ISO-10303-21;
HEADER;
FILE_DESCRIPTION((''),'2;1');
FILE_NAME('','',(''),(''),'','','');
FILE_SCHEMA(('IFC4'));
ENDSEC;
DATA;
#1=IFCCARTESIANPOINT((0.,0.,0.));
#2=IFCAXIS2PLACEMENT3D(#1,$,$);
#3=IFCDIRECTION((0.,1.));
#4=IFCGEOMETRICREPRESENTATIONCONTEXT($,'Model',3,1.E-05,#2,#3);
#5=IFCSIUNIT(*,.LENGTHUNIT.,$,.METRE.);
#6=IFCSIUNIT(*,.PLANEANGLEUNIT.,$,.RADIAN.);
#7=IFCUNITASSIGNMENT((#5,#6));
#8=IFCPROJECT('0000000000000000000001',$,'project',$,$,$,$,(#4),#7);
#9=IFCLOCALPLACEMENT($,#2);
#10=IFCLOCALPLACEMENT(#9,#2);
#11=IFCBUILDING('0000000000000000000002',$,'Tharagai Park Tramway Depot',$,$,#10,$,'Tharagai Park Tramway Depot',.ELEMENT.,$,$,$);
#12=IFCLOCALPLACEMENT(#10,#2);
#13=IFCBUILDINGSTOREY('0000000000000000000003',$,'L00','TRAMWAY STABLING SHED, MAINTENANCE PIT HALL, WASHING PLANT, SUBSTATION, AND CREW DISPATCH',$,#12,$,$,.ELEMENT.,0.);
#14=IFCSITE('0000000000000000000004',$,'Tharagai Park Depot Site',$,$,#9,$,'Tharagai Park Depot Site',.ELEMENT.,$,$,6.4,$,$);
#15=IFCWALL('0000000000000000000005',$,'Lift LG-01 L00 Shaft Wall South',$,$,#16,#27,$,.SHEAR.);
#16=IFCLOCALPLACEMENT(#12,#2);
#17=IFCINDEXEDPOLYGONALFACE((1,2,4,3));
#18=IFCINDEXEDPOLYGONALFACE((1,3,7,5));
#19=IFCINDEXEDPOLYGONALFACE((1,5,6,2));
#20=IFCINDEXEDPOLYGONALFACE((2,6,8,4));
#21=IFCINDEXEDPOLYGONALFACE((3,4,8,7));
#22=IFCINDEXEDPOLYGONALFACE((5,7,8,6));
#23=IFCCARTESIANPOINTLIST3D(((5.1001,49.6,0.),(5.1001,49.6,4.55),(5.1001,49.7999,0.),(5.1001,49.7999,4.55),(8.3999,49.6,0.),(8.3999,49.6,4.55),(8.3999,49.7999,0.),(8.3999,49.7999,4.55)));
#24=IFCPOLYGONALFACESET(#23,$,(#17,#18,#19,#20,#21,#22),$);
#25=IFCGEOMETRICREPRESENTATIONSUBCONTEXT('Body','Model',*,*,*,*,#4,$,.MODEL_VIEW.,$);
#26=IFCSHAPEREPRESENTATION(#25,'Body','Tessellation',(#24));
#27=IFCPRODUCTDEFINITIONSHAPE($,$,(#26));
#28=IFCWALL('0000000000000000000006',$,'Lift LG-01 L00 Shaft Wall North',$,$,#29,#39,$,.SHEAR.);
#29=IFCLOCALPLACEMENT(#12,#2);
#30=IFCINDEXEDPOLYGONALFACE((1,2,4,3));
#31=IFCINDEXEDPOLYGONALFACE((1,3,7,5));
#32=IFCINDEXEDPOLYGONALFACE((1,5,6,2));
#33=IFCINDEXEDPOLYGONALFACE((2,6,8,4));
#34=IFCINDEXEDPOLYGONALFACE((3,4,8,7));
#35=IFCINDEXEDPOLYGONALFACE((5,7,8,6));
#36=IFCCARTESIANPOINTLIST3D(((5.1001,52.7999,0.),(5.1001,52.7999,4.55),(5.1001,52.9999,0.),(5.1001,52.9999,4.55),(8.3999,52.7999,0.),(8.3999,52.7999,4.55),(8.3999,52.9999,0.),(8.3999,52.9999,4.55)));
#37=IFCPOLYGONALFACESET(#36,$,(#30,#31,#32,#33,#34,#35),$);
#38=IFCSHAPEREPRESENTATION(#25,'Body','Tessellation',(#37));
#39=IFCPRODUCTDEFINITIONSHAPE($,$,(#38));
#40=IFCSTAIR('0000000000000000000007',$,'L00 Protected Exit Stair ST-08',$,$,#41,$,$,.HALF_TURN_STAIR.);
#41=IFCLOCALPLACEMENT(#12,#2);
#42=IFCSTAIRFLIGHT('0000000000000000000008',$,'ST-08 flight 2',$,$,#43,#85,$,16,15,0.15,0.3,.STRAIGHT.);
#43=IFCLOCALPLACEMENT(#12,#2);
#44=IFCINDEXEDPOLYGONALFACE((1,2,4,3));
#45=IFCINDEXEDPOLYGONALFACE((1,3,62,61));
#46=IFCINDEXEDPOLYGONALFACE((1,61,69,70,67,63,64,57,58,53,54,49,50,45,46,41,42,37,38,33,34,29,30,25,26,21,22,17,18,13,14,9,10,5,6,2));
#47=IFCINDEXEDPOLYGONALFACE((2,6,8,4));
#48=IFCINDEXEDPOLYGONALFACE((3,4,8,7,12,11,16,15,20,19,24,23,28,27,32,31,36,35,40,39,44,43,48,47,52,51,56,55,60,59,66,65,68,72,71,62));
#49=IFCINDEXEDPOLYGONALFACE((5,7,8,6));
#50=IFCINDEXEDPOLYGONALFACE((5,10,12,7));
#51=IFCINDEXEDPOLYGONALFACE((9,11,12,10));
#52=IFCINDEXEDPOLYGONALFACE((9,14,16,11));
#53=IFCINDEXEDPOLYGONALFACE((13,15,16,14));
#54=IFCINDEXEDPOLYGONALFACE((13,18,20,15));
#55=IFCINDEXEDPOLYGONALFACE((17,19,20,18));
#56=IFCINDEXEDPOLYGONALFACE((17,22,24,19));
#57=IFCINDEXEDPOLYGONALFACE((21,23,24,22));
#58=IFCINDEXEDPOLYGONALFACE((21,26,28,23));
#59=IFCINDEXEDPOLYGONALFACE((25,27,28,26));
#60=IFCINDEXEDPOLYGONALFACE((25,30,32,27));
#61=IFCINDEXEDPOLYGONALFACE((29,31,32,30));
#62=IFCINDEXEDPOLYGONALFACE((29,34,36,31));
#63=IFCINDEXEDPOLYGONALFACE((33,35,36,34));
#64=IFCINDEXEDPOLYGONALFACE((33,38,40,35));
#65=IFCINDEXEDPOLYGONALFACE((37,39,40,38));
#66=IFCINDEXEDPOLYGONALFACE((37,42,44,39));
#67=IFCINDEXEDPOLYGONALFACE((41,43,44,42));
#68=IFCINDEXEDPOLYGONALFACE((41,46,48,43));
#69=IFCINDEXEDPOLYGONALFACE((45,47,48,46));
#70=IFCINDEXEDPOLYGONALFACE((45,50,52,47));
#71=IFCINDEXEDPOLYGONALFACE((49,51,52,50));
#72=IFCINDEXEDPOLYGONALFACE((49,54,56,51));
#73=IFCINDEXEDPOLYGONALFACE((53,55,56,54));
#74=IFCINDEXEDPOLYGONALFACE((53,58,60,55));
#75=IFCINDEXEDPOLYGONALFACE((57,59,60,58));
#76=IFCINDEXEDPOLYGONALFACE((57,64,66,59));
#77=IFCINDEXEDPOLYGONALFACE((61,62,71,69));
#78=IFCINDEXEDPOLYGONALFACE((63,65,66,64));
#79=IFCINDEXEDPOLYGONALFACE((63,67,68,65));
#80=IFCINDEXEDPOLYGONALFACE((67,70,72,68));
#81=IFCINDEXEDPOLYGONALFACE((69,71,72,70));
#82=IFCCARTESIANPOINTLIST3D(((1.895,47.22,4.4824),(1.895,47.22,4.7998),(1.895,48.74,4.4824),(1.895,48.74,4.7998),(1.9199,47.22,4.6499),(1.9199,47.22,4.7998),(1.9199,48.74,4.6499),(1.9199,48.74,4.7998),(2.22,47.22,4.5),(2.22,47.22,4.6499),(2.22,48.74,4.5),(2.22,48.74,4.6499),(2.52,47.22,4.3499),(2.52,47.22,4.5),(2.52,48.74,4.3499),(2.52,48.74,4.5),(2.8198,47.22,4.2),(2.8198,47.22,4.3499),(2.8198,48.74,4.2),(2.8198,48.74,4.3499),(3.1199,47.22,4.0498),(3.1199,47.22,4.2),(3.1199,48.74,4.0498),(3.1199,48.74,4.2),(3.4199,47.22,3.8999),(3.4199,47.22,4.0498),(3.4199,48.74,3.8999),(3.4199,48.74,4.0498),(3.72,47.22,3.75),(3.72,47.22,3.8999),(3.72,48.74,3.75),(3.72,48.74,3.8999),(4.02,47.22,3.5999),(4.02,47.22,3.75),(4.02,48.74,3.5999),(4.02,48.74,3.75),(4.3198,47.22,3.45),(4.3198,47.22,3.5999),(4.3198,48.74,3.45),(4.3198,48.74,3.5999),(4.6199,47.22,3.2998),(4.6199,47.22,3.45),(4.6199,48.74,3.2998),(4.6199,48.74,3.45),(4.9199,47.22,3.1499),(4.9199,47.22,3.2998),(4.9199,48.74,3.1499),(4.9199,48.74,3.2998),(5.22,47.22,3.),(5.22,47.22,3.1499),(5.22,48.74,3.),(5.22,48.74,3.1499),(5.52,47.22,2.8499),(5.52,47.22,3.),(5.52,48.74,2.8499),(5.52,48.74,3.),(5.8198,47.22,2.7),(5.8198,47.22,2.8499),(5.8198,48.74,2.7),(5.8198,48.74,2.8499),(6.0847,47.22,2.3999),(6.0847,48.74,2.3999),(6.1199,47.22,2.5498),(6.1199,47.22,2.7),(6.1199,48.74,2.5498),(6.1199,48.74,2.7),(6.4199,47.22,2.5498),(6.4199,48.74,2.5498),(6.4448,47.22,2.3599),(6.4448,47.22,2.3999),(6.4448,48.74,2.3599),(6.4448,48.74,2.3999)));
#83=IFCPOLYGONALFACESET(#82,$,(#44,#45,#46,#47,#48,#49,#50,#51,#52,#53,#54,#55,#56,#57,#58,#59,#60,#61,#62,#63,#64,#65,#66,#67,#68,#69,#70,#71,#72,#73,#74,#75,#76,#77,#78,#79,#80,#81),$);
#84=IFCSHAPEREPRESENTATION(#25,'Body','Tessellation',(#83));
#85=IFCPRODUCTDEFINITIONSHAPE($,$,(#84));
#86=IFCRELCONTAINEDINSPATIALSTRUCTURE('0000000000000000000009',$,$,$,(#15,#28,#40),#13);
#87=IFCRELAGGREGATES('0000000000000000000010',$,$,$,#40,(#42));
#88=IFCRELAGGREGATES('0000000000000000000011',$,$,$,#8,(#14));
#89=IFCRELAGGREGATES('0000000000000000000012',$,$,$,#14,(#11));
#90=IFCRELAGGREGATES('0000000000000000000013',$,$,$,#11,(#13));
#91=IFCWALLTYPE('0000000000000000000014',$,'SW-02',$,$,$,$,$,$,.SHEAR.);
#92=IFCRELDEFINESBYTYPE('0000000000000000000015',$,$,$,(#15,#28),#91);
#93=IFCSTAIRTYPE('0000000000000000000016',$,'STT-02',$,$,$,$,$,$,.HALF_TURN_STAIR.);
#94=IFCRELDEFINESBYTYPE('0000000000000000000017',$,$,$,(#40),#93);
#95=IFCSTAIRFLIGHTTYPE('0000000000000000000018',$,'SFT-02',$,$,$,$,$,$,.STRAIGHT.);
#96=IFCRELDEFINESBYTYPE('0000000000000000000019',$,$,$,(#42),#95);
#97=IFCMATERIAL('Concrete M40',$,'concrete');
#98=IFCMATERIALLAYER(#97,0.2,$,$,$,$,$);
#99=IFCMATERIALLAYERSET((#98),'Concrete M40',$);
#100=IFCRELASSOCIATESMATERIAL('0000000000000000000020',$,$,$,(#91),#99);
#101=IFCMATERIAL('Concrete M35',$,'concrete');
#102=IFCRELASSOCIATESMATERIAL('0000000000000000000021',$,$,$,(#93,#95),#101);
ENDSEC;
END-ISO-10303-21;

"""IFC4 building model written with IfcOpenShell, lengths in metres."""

from ifc_helpers import new_model, si_unit, direction, frame, frame_2d, origin, place, context, subcontext, project, spatial, polyline, rectangle, outline, extrude, material, layer, layer_set, type_object, element, aggregate, save


model = new_model("IFC4")

# Units and contexts
model_context = context("Model", 3, precision=1e-05, world=origin(), true_north=direction((0.0, 1.0)))
body_context = subcontext(model_context, "Body", "Model", "MODEL_VIEW")
ifc_project = project(units=[si_unit("LENGTHUNIT", "METRE"), si_unit("PLANEANGLEUNIT", "RADIAN")], contexts=[model_context])

# Site, building, storey
site_placement = place(None, origin())
site = spatial("IfcSite", under=ifc_project, at=site_placement, Name="Tharagai Park Depot Site", LongName="Tharagai Park Depot Site", CompositionType="ELEMENT", RefElevation=6.4)
building_placement = place(site_placement, origin())
building = spatial("IfcBuilding", under=site, at=building_placement, Name="Tharagai Park Tramway Depot", LongName="Tharagai Park Tramway Depot", CompositionType="ELEMENT")
storey_placement = place(building_placement, origin())
storey = spatial("IfcBuildingStorey", under=building, at=storey_placement, Name="L00", Description="TRAMWAY STABLING SHED, MAINTENANCE PIT HALL, WASHING PLANT, SUBSTATION, AND CREW DISPATCH", CompositionType="ELEMENT", Elevation=0.0)

# Shared definitions
ifc_material_1 = material(Name="Concrete M40", Category="concrete")

# Walls
ifc_layer_1 = layer(ifc_material_1, 0.2)
ifc_layer_set_1 = layer_set([ifc_layer_1], Name="Concrete M40")
wall_type_1 = type_object("IfcWallType", Name="SW-02", PredefinedType="SHEAR", material=ifc_layer_set_1)
for number, where, z_axis, x_axis, name in (
    (1, (5.1001, 49.7, 0.0), (0.0, 0.0, 1.0), (1.0, 0.0, 0.0), "Lift LG-01 L00 Shaft Wall South"),
    (2, (5.1001, 52.8999, 0.0), (0.0, 0.0, 1.0), (1.0, 0.0, 0.0), "Lift LG-01 L00 Shaft Wall North"),
):
    element("IfcWall", number, at=place(storey_placement, frame(where, z_axis=z_axis, x_axis=x_axis)), inside=storey, type_object=wall_type_1, Name=name, PredefinedType="SHEAR", context=body_context, shape_type="SweptSolid", body=[
        extrude(rectangle(XDim=3.2998, YDim=0.2, at=frame_2d((1.6499, 0.0))), origin(), (0.0, 0.0, 1.0), 4.55),
    ])

# Stair, stair flight
ifc_material_2 = material(Name="Concrete M35", Category="concrete")
stair_type = type_object("IfcStairType", Name="STT-02", PredefinedType="HALF_TURN_STAIR", material=ifc_material_2)
stair_placement = place(storey_placement, origin())
stair = element("IfcStair", 3, at=stair_placement, inside=storey, type_object=stair_type, Name="L00 Protected Exit Stair ST-08", PredefinedType="HALF_TURN_STAIR")
stair_flight_type = type_object("IfcStairFlightType", Name="SFT-02", PredefinedType="STRAIGHT", material=ifc_material_2)
stair_flight_placement = place(storey_placement, frame((6.4199, 47.98, 2.3999), z_axis=(0.0, 0.0, 1.0), x_axis=(-1.0, 0.0, 0.0)))
stair_flight = element("IfcStairFlight", 4, at=stair_flight_placement, type_object=stair_flight_type, Name="ST-08 flight 2", NumberOfRisers=16, NumberOfTreads=15, PredefinedType="STRAIGHT", RiserHeight=0.15, TreadLength=0.3, context=body_context, shape_type="SweptSolid", body=[
    extrude(outline(polyline([(-0.0249, 0.0), (0.0, 0.1499), (0.3, 0.1499), (0.3, 0.3), (0.6001, 0.3), (0.6001, 0.45), (0.8999, 0.45), (0.8999, 0.6001), (1.2, 0.6001), (1.2, 0.75), (1.5, 0.75), (1.5, 0.8999), (1.8, 0.8999), (1.8, 1.05), (2.1001, 1.05), (2.1001, 1.2), (2.3999, 1.2), (2.3999, 1.3501), (2.7, 1.3501), (2.7, 1.5), (3.0, 1.5), (3.0, 1.6499), (3.3, 1.6499), (3.3, 1.8), (3.6001, 1.8), (3.6001, 1.95), (3.8999, 1.95), (3.8999, 2.1001), (4.2, 2.1001), (4.2, 2.25), (4.5, 2.25), (4.5, 2.3999), (4.5249, 2.3999), (4.5249, 2.0825), (0.3352, 0.0), (-0.0249, -0.04), (-0.0249, 0.0)])), frame((0.0, 0.76, 0.0), z_axis=(0.0, -1.0, 0.0), x_axis=(1.0, 0.0, 0.0)), (0.0, 0.0, 1.0), 1.52),
])
aggregate(stair, [stair_flight])

save(model, "model.ifc")
